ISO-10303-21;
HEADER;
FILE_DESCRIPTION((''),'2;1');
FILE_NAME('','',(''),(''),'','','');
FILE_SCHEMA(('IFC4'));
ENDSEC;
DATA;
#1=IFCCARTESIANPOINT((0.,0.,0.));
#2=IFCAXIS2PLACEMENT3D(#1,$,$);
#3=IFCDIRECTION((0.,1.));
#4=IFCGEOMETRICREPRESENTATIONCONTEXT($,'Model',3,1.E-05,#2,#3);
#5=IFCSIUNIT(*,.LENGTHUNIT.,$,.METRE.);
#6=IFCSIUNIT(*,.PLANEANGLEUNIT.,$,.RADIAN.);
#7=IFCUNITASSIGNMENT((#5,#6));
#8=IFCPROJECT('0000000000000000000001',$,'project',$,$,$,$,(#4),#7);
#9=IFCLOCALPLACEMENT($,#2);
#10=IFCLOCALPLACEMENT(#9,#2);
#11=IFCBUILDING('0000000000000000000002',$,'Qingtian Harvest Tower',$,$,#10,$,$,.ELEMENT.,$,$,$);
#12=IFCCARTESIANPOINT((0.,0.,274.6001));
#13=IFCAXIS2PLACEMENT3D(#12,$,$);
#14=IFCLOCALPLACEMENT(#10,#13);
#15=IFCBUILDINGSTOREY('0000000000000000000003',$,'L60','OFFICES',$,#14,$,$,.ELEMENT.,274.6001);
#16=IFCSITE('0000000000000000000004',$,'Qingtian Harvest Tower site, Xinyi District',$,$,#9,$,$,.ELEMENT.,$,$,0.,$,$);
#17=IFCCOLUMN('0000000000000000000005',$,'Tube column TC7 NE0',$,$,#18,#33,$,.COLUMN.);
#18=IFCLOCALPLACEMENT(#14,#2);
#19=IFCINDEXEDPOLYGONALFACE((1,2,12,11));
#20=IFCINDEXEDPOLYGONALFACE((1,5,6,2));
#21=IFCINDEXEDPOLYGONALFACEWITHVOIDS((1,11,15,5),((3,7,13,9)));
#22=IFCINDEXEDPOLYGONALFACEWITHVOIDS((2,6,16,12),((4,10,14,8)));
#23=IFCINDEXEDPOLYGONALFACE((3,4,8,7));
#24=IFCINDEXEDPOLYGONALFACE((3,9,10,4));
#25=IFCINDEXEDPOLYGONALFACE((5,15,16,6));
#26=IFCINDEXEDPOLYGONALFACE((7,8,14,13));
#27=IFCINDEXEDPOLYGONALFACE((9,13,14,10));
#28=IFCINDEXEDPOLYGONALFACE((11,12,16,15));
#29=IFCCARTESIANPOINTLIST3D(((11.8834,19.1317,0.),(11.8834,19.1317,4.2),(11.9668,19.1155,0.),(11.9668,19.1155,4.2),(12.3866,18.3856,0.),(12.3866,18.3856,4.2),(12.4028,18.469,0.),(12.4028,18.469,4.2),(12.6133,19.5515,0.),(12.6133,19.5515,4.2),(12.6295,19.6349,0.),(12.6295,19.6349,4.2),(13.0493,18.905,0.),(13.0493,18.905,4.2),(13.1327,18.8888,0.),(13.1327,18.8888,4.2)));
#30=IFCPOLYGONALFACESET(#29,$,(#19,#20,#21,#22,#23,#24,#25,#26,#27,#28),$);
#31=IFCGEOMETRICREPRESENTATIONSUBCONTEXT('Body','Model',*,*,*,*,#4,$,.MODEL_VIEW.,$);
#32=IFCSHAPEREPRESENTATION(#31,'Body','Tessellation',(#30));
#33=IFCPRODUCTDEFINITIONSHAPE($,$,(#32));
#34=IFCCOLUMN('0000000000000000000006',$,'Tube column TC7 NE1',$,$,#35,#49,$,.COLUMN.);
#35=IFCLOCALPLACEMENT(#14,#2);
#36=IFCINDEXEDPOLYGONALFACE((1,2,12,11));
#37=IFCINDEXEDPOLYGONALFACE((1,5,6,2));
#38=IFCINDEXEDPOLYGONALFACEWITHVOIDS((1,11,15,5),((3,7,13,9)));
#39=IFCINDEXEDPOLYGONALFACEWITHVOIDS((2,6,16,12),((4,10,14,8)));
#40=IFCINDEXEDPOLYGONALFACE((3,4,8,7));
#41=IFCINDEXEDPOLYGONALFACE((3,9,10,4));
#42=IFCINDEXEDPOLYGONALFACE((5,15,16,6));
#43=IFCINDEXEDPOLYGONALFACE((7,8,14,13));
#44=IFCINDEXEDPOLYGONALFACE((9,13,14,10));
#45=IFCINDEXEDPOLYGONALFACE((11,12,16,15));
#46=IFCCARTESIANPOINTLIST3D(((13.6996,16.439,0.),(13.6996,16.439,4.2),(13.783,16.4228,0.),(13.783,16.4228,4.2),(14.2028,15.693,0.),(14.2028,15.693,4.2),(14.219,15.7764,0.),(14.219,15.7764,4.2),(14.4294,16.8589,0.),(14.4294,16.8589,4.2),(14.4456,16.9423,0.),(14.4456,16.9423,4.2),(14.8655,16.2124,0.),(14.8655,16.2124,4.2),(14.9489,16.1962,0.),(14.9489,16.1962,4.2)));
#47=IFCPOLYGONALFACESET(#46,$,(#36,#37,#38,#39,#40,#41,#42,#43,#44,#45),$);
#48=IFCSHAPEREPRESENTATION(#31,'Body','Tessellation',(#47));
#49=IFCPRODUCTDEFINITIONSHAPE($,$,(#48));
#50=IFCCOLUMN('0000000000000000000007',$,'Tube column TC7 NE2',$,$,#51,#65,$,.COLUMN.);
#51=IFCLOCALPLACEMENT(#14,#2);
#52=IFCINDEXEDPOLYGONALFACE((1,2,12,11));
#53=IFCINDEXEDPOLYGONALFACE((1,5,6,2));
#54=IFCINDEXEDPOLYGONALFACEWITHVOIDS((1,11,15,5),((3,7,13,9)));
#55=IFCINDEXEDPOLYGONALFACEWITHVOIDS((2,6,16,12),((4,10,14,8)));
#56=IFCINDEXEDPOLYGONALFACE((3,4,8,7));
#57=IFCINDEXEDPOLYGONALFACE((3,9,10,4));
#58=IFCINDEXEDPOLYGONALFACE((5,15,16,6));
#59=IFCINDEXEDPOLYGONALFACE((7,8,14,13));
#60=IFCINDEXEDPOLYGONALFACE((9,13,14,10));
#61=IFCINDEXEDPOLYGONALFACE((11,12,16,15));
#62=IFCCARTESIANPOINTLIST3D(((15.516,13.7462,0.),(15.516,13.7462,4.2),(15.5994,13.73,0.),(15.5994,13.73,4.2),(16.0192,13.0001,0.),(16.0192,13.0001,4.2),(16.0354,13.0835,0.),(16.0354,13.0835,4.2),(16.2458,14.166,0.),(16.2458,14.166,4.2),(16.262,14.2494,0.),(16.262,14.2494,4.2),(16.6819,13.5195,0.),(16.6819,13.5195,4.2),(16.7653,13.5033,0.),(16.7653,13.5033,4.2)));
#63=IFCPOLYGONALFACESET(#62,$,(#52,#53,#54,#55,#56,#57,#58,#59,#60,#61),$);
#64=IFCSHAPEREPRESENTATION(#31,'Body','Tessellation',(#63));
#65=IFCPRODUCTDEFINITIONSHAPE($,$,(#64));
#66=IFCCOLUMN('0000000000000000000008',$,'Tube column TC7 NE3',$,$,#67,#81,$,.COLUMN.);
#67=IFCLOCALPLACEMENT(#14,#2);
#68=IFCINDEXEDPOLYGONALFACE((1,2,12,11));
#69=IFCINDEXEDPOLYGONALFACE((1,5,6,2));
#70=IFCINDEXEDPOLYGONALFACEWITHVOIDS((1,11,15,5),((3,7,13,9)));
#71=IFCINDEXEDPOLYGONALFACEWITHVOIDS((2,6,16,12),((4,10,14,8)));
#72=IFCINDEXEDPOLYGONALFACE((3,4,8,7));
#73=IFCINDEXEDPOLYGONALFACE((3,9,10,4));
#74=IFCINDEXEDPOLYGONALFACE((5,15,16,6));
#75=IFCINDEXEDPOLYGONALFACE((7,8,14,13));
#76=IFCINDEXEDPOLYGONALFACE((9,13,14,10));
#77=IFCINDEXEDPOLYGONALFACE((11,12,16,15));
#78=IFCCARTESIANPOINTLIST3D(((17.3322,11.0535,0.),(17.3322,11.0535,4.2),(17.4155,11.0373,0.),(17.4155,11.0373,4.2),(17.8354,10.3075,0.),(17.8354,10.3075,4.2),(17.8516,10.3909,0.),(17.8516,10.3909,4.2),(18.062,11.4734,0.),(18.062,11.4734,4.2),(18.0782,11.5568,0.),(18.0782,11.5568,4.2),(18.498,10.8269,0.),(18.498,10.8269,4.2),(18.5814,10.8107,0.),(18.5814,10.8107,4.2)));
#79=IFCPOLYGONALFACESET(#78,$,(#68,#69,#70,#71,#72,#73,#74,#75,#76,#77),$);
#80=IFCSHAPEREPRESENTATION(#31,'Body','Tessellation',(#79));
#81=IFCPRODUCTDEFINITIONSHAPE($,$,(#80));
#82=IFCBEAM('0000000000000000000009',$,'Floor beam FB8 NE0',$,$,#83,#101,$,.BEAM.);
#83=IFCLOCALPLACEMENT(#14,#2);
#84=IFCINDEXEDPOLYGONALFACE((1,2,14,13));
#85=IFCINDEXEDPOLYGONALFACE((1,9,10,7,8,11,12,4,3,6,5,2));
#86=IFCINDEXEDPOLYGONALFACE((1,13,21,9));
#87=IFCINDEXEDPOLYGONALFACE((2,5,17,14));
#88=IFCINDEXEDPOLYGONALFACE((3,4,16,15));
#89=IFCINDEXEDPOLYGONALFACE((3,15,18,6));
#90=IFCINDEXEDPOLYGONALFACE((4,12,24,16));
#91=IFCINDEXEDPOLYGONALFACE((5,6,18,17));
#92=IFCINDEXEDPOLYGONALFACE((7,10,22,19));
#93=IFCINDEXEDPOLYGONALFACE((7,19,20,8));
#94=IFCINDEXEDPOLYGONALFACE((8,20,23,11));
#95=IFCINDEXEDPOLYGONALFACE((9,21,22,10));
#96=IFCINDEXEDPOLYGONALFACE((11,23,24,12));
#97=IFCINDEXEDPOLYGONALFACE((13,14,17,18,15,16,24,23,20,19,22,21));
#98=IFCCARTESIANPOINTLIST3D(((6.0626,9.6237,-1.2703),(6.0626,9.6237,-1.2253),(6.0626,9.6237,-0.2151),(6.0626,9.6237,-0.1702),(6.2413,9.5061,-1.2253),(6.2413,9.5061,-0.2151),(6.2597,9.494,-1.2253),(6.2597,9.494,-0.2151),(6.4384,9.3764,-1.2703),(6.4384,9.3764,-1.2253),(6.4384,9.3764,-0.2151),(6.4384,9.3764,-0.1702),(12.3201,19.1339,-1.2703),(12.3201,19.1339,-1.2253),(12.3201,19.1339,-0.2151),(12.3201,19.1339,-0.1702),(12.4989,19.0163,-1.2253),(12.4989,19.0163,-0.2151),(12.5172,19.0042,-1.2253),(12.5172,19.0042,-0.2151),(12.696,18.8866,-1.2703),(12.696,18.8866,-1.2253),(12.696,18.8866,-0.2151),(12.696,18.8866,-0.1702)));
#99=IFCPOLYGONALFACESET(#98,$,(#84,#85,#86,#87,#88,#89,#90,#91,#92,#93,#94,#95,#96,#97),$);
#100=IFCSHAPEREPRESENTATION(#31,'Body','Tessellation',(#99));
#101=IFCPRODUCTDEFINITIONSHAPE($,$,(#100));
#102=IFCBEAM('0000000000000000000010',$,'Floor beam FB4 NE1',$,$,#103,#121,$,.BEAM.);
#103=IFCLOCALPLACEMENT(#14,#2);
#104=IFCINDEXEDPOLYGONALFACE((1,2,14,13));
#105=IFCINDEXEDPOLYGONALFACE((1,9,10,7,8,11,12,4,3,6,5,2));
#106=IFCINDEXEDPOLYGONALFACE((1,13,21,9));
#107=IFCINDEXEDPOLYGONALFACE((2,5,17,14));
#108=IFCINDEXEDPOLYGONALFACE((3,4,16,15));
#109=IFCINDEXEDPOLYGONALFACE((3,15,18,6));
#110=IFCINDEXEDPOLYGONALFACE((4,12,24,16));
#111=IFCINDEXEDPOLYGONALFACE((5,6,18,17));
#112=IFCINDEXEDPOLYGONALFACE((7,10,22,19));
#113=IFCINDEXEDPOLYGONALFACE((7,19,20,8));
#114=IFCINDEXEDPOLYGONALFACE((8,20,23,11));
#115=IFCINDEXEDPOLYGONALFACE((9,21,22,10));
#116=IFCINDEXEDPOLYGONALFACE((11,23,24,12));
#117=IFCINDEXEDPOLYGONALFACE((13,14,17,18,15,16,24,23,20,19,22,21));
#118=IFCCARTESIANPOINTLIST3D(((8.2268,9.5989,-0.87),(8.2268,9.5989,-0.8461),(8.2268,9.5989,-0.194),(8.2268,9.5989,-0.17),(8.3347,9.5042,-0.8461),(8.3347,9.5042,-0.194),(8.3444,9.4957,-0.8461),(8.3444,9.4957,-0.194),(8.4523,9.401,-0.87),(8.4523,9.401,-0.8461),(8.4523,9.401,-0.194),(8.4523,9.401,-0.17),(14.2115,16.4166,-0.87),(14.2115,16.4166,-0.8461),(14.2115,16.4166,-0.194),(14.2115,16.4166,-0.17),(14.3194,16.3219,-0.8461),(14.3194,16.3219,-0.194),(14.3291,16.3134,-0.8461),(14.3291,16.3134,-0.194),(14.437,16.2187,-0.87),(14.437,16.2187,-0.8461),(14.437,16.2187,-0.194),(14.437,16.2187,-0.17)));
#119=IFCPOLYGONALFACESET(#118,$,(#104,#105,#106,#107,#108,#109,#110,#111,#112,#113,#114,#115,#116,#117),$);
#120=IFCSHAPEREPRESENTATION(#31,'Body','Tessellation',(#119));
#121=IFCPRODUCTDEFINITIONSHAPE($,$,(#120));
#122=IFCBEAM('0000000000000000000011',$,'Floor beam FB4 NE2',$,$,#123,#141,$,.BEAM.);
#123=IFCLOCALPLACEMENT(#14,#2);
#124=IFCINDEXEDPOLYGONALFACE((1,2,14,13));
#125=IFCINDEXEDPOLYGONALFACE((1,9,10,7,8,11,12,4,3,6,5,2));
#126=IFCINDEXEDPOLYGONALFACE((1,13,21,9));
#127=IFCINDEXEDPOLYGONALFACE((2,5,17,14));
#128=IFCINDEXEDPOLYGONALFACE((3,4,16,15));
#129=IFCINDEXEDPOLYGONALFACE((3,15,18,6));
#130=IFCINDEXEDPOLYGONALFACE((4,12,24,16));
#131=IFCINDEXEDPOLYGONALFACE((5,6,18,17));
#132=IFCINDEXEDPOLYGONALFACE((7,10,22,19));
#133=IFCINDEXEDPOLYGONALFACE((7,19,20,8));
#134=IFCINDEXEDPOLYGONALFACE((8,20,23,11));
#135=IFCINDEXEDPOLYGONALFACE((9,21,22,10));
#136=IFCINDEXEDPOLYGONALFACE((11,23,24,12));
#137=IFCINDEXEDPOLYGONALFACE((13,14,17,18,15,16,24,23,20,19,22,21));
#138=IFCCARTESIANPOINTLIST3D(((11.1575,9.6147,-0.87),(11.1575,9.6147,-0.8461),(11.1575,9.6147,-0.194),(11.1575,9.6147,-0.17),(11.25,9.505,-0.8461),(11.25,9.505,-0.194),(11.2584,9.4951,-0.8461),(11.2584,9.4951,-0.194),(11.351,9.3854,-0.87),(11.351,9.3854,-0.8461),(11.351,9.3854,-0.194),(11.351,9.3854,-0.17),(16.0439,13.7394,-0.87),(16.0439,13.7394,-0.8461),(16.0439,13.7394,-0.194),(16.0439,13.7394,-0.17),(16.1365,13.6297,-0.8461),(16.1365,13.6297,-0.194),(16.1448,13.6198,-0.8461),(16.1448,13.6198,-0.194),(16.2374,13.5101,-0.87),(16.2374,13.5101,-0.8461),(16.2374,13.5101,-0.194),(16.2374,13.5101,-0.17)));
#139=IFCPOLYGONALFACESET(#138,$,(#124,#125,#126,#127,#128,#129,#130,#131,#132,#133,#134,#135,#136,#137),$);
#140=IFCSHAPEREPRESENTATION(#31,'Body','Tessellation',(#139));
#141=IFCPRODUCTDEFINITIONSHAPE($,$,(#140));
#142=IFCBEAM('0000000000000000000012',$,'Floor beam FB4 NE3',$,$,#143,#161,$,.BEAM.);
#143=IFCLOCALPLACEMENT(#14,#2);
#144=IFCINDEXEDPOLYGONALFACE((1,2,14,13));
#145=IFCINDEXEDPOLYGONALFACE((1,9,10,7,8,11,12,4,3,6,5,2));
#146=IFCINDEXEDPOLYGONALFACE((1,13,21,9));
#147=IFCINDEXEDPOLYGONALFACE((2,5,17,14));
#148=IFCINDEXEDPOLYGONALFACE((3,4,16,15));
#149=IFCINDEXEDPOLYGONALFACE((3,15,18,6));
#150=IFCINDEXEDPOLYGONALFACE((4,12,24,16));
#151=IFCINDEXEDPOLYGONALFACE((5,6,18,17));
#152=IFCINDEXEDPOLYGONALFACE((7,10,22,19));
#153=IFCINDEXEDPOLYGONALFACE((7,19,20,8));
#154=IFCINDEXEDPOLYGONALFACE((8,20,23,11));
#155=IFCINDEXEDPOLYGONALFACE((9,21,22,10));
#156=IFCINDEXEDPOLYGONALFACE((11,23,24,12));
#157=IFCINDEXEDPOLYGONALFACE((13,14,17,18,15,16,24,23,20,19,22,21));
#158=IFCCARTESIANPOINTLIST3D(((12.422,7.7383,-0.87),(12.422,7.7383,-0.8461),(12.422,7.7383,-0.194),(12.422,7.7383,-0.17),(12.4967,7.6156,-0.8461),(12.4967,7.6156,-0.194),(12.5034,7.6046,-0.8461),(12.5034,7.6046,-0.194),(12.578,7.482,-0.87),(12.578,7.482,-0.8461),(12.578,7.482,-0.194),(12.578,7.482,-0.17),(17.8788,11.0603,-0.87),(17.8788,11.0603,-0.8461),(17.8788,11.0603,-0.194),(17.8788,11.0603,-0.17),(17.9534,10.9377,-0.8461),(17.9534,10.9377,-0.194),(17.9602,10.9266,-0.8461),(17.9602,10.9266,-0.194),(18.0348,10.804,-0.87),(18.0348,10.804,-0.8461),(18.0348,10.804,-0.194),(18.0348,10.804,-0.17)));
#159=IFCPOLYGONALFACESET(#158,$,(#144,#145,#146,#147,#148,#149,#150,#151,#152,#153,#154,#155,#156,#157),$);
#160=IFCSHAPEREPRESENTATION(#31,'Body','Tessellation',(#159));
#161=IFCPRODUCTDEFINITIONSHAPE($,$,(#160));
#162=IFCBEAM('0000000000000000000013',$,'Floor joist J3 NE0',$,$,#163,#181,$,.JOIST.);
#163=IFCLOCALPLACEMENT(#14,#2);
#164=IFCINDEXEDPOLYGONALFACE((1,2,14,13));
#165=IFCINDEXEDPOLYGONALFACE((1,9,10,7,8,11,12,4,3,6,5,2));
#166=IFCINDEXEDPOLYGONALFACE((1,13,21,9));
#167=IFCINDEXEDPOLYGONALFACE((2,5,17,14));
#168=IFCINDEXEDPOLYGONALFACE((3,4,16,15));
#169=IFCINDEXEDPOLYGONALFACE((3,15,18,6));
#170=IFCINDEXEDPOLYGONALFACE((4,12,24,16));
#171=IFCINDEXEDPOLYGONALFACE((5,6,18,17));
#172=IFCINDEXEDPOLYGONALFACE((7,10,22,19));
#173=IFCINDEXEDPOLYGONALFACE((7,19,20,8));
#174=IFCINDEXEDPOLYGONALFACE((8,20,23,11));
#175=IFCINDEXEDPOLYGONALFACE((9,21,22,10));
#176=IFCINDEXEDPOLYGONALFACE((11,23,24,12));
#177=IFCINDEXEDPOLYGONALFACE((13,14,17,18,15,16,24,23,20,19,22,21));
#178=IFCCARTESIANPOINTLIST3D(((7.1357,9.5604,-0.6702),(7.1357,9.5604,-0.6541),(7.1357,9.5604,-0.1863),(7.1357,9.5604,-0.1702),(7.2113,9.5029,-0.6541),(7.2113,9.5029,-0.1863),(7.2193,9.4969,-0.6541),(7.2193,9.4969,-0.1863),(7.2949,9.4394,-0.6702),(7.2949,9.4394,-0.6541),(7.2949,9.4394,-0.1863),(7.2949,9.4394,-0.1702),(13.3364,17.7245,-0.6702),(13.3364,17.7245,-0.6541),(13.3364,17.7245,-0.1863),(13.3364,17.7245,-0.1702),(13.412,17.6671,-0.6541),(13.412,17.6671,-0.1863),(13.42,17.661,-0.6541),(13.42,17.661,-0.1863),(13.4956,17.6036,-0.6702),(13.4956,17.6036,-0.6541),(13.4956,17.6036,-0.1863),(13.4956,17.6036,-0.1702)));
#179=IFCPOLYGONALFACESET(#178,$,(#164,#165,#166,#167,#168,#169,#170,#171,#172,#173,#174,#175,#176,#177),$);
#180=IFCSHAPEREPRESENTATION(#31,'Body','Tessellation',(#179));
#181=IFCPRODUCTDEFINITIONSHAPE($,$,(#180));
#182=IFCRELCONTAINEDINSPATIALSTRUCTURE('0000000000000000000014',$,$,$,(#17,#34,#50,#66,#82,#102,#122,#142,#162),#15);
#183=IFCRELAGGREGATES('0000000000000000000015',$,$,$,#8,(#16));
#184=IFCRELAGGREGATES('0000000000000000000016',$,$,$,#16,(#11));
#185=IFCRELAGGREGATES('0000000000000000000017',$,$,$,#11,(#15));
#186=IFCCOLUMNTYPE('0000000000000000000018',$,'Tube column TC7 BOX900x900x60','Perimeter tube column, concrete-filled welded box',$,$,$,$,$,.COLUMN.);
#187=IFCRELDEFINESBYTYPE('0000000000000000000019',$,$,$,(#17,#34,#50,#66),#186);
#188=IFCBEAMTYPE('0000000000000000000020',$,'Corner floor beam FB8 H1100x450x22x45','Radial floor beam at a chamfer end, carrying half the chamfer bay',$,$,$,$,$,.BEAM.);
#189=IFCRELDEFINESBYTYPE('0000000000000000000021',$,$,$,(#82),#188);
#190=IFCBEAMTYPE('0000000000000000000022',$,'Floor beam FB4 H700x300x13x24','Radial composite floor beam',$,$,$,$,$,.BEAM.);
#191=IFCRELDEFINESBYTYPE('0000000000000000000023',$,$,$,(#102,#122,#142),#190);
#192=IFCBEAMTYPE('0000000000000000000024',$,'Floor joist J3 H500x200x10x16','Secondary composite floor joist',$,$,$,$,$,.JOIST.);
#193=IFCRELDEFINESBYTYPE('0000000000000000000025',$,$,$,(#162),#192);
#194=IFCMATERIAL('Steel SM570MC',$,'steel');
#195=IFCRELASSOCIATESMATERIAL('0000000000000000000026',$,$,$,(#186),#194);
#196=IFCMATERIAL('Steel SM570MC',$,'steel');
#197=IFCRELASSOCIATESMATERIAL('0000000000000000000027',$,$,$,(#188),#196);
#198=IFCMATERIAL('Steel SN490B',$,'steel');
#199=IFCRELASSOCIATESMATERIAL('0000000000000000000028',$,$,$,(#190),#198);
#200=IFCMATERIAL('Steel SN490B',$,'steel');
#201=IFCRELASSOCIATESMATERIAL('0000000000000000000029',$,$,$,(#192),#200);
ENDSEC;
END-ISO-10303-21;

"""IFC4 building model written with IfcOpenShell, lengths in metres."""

from ifc_helpers import new_model, si_unit, direction, frame, origin, origin_2d, place, context, subcontext, project, spatial, hollow_rectangle, i_section, extrude, material, material_profile, profile_set, type_object, element, save


model = new_model("IFC4")

# Units and contexts
model_context = context("Model", 3, precision=1e-05, world=origin(), true_north=direction((0.0, 1.0)))
body_context = subcontext(model_context, "Body", "Model", "MODEL_VIEW")
ifc_project = project(units=[si_unit("LENGTHUNIT", "METRE"), si_unit("PLANEANGLEUNIT", "RADIAN")], contexts=[model_context])

# Site, building, storey
site_placement = place(None, origin())
site = spatial("IfcSite", under=ifc_project, at=site_placement, Name="Qingtian Harvest Tower site, Xinyi District", CompositionType="ELEMENT", RefElevation=0.0)
building_placement = place(site_placement, origin())
building = spatial("IfcBuilding", under=site, at=building_placement, Name="Qingtian Harvest Tower", CompositionType="ELEMENT")
storey_placement = place(building_placement, frame((0.0, 0.0, 274.6001)))
storey = spatial("IfcBuildingStorey", under=building, at=storey_placement, Name="L60", Description="OFFICES", CompositionType="ELEMENT", Elevation=274.6001)

# Columns
ifc_material_1 = material(Name="Steel SM570MC", Category="steel")
ifc_material_profile_1 = material_profile(ifc_material_1, hollow_rectangle(XDim=0.8999, YDim=0.8999, WallThickness=0.0601, at=origin_2d()), Name="BOX900x900x60")
ifc_profile_set_1 = profile_set([ifc_material_profile_1], Name="Steel SM570MC")
column_type = type_object("IfcColumnType", Name="Tube column TC7 BOX900x900x60", Description="Perimeter tube column, concrete-filled welded box", PredefinedType="COLUMN", material=ifc_profile_set_1)
for number, where, z_axis, x_axis, name in (
    (1, (12.5081, 19.0103, 0.0), (0.0, 0.0, 1.0), (-0.559193, 0.829038, 0.0), "Tube column TC7 NE0"),
    (2, (14.3242, 16.3176, 0.0), (0.0, 0.0, 1.0), (-0.559193, 0.829038, 0.0), "Tube column TC7 NE1"),
    (3, (16.1406, 13.6248, 0.0), (0.0, 0.0, 1.0), (-0.559193, 0.829038, 0.0), "Tube column TC7 NE2"),
    (4, (17.9568, 10.9321, 0.0), (0.0, 0.0, 1.0), (-0.559193, 0.829038, 0.0), "Tube column TC7 NE3"),
):
    element("IfcColumn", number, at=place(storey_placement, frame(where, z_axis=z_axis, x_axis=x_axis)), inside=storey, type_object=column_type, Name=name, PredefinedType="COLUMN", context=body_context, shape_type="SweptSolid", body=[
        extrude(hollow_rectangle(XDim=0.8999, YDim=0.8999, WallThickness=0.0601, at=origin_2d()), origin(), (0.0, 0.0, 1.0), 4.2),
    ])

# Beams
ifc_material_2 = material(Name="Steel SM570MC", Category="steel")
ifc_material_profile_2 = material_profile(ifc_material_2, i_section(OverallWidth=0.45, OverallDepth=1.1001, WebThickness=0.022, FlangeThickness=0.0449, at=origin_2d()), Name="H1100x450x22x45")
ifc_profile_set_2 = profile_set([ifc_material_profile_2], Name="Steel SM570MC")
beam_type_1 = type_object("IfcBeamType", Name="Corner floor beam FB8 H1100x450x22x45", Description="Radial floor beam at a chamfer end, carrying half the chamfer bay", PredefinedType="BEAM", material=ifc_profile_set_2)
beam_1_placement = place(storey_placement, frame((12.5081, 19.0103, -0.7202), z_axis=(-0.549667, -0.835384, 0.0), x_axis=(0.835384, -0.549667, 0.0)))
element("IfcBeam", 5, at=beam_1_placement, inside=storey, type_object=beam_type_1, Name="Floor beam FB8 NE0", PredefinedType="BEAM", context=body_context, shape_type="SweptSolid", body=[
    extrude(i_section(OverallWidth=0.45, OverallDepth=1.1001, WebThickness=0.022, FlangeThickness=0.0449, at=origin_2d()), origin(), (0.0, 0.0, 1.0), 11.3843),
])
ifc_material_3 = material(Name="Steel SN490B", Category="steel")
ifc_material_profile_3 = material_profile(ifc_material_3, i_section(OverallWidth=0.3, OverallDepth=0.7, WebThickness=0.0129, FlangeThickness=0.0239, at=origin_2d()), Name="H700x300x13x24")
ifc_profile_set_3 = profile_set([ifc_material_profile_3], Name="Steel SN490B")
beam_type_2 = type_object("IfcBeamType", Name="Floor beam FB4 H700x300x13x24", Description="Radial composite floor beam", PredefinedType="BEAM", material=ifc_profile_set_3)
beam_2_placement = place(storey_placement, frame((14.3242, 16.3176, -0.52), z_axis=(-0.659702, -0.751527, 0.0), x_axis=(0.751527, -0.659702, 0.0)))
element("IfcBeam", 6, at=beam_2_placement, inside=storey, type_object=beam_type_2, Name="Floor beam FB4 NE1", PredefinedType="BEAM", context=body_context, shape_type="SweptSolid", body=[
    extrude(i_section(OverallWidth=0.3, OverallDepth=0.7, WebThickness=0.0129, FlangeThickness=0.0239, at=origin_2d()), origin(), (0.0, 0.0, 1.0), 9.0718),
])
beam_3_placement = place(storey_placement, frame((16.1406, 13.6248, -0.52), z_axis=(-0.764153, -0.645035, 0.0), x_axis=(0.645035, -0.764153, 0.0)))
element("IfcBeam", 7, at=beam_3_placement, inside=storey, type_object=beam_type_2, Name="Floor beam FB4 NE2", PredefinedType="BEAM", context=body_context, shape_type="SweptSolid", body=[
    extrude(i_section(OverallWidth=0.3, OverallDepth=0.7, WebThickness=0.0129, FlangeThickness=0.0239, at=origin_2d()), origin(), (0.0, 0.0, 1.0), 6.3945),
])
beam_4_placement = place(storey_placement, frame((17.9568, 10.9321, -0.52), z_axis=(-0.854164, -0.520004, 0.0), x_axis=(0.520004, -0.854164, 0.0)))
element("IfcBeam", 8, at=beam_4_placement, inside=storey, type_object=beam_type_2, Name="Floor beam FB4 NE3", PredefinedType="BEAM", context=body_context, shape_type="SweptSolid", body=[
    extrude(i_section(OverallWidth=0.3, OverallDepth=0.7, WebThickness=0.0129, FlangeThickness=0.0239, at=origin_2d()), origin(), (0.0, 0.0, 1.0), 6.3884),
])
ifc_material_4 = material(Name="Steel SN490B", Category="steel")
ifc_material_profile_4 = material_profile(ifc_material_4, i_section(OverallWidth=0.2, OverallDepth=0.5, WebThickness=0.01, FlangeThickness=0.0161, at=origin_2d()), Name="H500x200x10x16")
ifc_profile_set_4 = profile_set([ifc_material_profile_4], Name="Steel SN490B")
beam_type_3 = type_object("IfcBeamType", Name="Floor joist J3 H500x200x10x16", Description="Secondary composite floor joist", PredefinedType="JOIST", material=ifc_profile_set_4)
beam_5_placement = place(storey_placement, frame((13.416, 17.6641, -0.4202), z_axis=(-0.604836, -0.79635, 0.0), x_axis=(0.79635, -0.604836, 0.0)))
element("IfcBeam", 9, at=beam_5_placement, inside=storey, type_object=beam_type_3, Name="Floor joist J3 NE0", PredefinedType="JOIST", context=body_context, shape_type="SweptSolid", body=[
    extrude(i_section(OverallWidth=0.2, OverallDepth=0.5, WebThickness=0.01, FlangeThickness=0.0161, at=origin_2d()), origin(), (0.0, 0.0, 1.0), 10.252),
])

save(model, "model.ifc")
